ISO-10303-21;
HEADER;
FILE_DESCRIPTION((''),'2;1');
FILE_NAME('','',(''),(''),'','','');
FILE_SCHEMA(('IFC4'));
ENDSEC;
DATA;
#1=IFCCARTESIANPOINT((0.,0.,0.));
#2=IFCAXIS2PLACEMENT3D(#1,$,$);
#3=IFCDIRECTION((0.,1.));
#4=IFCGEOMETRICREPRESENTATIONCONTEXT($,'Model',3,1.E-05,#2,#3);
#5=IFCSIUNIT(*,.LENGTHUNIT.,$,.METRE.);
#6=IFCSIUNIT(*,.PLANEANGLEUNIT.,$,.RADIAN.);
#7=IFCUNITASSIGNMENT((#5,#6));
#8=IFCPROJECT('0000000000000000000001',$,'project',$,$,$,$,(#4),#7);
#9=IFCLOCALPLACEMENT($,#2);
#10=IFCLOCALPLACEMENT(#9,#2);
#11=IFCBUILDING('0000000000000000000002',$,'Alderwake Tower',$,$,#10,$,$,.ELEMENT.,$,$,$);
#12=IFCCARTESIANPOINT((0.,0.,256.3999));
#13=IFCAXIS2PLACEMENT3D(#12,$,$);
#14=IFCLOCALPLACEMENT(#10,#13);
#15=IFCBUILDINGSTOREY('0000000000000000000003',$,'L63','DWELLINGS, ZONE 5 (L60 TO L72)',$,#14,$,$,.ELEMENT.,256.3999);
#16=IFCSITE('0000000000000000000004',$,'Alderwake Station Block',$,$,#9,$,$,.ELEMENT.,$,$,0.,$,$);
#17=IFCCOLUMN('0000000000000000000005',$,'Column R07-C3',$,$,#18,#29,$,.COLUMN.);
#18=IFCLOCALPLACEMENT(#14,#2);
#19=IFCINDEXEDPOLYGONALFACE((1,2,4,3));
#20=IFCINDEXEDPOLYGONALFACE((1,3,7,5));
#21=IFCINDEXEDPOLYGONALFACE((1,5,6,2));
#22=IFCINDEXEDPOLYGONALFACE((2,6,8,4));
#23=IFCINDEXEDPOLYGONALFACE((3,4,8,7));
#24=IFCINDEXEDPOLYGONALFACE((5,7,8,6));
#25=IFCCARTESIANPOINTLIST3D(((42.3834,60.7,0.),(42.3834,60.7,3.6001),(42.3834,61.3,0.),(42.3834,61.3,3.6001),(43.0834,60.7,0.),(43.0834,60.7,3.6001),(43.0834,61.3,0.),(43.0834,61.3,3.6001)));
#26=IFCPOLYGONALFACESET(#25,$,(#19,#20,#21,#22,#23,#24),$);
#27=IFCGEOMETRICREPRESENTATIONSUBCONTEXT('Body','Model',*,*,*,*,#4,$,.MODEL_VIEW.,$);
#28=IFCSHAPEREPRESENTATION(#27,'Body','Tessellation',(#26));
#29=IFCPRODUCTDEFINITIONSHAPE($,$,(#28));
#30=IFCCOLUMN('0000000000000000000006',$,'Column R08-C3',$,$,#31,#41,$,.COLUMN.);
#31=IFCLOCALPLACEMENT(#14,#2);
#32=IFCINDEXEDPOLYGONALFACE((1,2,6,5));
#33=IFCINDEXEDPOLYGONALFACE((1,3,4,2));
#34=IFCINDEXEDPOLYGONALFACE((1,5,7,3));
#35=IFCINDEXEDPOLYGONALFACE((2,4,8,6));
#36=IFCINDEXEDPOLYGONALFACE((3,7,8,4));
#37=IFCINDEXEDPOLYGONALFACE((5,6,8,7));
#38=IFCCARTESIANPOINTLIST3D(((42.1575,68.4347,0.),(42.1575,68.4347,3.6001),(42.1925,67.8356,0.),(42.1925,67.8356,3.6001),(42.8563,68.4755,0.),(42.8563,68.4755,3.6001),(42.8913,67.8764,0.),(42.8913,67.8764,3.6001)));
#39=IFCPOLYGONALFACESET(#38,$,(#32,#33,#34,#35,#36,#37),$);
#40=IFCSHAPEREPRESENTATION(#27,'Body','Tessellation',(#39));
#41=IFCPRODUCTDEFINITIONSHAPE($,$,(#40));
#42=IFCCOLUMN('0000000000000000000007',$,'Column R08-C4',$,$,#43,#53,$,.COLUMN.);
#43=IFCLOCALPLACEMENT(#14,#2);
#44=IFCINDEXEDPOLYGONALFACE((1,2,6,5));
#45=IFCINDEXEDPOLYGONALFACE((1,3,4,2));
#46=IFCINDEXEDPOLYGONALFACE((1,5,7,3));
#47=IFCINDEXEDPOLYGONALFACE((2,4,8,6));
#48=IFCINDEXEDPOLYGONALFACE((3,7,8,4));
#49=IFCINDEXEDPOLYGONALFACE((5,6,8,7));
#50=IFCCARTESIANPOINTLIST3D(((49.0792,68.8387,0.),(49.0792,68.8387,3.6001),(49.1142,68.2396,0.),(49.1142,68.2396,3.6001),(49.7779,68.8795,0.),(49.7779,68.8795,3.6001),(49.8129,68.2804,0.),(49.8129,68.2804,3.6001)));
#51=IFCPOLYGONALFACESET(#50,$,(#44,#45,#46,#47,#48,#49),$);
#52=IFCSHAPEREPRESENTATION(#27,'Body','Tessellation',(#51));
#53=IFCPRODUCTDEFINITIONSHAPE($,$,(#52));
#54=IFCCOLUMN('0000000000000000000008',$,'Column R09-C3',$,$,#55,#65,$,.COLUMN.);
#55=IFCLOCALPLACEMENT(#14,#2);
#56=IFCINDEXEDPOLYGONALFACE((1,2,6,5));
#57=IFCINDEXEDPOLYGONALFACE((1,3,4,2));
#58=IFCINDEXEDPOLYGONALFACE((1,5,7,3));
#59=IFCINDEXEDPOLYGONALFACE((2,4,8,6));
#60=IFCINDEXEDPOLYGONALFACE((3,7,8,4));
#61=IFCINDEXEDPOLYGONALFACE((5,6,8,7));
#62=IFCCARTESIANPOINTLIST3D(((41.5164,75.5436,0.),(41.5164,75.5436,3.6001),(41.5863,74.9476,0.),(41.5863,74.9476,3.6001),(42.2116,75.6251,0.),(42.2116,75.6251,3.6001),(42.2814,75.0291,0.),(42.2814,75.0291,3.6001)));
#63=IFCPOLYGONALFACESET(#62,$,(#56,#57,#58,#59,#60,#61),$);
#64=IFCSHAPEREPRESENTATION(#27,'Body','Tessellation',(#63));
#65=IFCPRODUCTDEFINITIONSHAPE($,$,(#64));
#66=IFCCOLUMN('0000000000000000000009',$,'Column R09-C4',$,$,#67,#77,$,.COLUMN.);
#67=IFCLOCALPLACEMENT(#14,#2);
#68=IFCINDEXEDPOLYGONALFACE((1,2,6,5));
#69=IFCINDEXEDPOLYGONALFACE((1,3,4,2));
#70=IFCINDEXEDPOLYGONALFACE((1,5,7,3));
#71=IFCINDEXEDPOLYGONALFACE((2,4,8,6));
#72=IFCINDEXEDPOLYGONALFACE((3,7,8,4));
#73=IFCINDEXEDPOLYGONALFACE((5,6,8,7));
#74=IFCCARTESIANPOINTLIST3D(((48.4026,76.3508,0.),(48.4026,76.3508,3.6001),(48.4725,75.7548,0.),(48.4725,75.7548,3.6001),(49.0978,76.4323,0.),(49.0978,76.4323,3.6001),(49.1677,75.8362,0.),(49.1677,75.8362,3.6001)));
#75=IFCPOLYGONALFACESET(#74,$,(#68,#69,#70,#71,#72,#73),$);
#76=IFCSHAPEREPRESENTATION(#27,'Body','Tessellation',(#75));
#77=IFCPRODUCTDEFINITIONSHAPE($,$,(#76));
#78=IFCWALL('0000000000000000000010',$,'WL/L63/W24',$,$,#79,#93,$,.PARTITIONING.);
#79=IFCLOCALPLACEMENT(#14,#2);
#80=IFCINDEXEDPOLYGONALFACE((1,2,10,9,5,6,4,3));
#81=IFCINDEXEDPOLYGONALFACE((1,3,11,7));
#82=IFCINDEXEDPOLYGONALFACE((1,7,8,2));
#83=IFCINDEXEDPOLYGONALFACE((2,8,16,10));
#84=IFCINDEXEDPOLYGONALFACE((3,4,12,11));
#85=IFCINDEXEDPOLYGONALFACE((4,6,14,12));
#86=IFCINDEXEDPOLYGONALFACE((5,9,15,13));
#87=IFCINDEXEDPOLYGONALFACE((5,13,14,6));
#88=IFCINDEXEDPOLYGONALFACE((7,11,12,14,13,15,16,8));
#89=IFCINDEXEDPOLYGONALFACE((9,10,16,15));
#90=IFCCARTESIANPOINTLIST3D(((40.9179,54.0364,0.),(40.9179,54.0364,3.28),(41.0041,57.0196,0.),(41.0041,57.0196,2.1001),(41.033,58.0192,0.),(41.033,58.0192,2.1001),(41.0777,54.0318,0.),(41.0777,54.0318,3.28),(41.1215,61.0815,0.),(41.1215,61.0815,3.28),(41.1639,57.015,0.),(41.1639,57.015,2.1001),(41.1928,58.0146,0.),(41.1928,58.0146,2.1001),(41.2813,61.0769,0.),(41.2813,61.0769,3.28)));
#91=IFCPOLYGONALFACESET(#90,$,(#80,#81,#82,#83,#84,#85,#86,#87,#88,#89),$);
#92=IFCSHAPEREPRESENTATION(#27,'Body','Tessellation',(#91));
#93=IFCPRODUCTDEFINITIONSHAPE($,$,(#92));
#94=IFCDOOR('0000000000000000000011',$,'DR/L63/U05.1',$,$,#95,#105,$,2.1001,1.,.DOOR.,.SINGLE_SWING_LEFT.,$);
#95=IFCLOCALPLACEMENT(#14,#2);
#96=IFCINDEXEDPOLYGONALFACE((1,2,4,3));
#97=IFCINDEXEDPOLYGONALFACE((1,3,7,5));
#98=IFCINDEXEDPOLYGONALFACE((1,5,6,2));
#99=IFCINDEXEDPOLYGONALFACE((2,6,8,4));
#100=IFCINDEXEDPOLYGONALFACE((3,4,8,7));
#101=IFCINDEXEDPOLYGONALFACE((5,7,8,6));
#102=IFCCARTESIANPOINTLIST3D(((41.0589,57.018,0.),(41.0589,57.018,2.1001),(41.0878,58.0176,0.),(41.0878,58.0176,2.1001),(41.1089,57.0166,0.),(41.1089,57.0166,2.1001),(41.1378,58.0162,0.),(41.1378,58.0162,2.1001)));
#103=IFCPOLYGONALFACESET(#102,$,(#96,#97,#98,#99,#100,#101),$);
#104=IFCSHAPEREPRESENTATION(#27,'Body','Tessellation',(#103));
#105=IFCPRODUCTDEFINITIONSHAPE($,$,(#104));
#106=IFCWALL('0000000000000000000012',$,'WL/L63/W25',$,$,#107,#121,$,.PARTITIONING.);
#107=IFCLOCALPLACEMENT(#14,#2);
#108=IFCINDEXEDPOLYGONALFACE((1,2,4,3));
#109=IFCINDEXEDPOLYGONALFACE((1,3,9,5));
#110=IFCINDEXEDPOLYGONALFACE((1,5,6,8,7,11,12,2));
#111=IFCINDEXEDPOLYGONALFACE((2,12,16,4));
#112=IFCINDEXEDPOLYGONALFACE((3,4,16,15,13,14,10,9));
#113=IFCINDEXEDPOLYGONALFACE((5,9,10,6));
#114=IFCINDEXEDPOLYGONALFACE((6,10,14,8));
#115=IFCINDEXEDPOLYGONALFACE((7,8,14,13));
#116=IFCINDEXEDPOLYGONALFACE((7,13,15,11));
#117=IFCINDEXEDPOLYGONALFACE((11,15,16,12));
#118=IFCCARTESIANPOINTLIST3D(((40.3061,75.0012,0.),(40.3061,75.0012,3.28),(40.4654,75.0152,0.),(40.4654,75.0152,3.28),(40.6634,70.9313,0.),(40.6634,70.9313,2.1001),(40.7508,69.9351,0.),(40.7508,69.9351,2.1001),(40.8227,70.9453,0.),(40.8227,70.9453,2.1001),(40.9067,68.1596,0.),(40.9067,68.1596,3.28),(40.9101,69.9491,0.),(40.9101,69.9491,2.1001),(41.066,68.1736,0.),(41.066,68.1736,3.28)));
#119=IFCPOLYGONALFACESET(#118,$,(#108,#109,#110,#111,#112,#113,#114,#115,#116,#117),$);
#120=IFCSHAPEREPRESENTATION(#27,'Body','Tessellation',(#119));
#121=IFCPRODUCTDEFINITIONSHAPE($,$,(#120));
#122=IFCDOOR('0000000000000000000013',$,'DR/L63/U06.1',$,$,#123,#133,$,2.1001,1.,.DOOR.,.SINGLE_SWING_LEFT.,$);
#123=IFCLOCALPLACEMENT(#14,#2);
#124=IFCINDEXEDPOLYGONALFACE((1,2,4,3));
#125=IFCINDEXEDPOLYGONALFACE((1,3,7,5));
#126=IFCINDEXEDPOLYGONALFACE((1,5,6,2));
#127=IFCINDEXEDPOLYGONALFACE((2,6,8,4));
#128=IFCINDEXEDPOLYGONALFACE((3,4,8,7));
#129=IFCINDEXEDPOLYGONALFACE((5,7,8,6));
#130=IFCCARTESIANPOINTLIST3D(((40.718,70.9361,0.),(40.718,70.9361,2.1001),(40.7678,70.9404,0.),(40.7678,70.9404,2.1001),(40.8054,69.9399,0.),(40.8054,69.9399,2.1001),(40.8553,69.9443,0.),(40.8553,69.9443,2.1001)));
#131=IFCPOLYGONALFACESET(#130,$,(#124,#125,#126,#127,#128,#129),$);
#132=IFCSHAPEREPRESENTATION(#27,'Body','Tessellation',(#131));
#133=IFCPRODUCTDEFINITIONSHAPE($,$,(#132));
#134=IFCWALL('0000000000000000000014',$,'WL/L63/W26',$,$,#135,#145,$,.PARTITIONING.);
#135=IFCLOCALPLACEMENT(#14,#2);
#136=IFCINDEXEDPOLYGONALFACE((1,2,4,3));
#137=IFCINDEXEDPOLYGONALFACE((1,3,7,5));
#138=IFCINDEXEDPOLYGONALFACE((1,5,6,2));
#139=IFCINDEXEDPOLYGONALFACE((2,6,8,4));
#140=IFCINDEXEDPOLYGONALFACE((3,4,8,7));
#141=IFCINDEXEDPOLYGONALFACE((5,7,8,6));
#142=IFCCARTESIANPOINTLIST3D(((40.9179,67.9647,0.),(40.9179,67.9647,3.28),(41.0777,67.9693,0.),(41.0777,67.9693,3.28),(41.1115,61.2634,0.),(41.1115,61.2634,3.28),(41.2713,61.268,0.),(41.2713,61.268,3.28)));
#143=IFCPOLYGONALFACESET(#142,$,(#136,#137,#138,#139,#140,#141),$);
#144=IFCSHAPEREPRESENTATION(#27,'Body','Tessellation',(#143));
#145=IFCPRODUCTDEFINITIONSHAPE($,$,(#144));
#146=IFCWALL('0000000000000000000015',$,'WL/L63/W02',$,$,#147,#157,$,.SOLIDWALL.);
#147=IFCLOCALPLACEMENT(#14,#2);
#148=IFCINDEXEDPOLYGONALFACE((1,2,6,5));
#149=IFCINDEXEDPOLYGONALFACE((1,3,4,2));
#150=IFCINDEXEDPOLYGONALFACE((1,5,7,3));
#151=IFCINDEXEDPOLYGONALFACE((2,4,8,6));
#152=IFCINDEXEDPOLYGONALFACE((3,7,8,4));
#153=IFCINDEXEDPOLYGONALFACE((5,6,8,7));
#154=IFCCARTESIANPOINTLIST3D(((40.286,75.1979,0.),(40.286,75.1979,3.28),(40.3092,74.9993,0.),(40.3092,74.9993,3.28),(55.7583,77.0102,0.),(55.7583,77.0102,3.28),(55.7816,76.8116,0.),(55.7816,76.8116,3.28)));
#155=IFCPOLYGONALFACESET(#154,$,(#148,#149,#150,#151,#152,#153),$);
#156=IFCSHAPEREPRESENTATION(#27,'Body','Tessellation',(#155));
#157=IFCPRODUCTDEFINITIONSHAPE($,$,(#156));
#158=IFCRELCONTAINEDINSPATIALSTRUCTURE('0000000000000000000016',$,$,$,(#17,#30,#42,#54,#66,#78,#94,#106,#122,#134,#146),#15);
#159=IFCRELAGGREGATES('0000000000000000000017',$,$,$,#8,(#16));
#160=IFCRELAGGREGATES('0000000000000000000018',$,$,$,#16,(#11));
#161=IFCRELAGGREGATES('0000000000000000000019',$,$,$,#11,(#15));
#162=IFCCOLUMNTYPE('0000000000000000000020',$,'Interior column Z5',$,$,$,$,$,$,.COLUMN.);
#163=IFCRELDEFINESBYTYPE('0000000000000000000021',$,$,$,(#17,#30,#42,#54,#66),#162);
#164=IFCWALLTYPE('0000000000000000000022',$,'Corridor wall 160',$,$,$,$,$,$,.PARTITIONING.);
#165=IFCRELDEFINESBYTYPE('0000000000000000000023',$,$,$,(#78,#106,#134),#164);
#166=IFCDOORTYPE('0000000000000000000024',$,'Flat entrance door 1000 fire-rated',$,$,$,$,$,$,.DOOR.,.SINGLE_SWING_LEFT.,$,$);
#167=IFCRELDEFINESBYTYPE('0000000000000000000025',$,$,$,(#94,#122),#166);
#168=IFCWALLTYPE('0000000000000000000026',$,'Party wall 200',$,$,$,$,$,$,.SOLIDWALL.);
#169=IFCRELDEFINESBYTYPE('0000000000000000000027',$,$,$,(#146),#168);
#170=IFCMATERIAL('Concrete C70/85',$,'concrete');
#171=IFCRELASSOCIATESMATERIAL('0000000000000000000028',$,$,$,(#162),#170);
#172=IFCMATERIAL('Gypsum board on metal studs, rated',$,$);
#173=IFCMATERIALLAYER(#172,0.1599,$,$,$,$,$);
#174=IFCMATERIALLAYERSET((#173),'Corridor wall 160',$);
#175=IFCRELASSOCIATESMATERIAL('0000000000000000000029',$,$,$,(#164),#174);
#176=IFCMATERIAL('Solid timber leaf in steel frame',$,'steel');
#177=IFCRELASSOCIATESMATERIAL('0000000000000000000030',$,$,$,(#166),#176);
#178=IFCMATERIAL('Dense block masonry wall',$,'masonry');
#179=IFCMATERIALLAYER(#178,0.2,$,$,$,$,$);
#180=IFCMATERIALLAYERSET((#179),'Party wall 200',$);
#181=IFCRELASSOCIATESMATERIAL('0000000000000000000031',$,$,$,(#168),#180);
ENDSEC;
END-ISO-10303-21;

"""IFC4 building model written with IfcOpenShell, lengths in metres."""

from ifc_helpers import new_model, si_unit, direction, frame, frame_2d, origin, origin_2d, place, context, subcontext, project, spatial, rectangle, extrude, material, layer, layer_set, material_profile, profile_set, type_object, element, fill, save


model = new_model("IFC4")

# Units and contexts
model_context = context("Model", 3, precision=1e-05, world=origin(), true_north=direction((0.0, 1.0)))
body_context = subcontext(model_context, "Body", "Model", "MODEL_VIEW")
ifc_project = project(units=[si_unit("LENGTHUNIT", "METRE"), si_unit("PLANEANGLEUNIT", "RADIAN")], contexts=[model_context])

# Site, building, storey
site_placement = place(None, origin())
site = spatial("IfcSite", under=ifc_project, at=site_placement, Name="Alderwake Station Block", CompositionType="ELEMENT", RefElevation=0.0)
building_placement = place(site_placement, origin())
building = spatial("IfcBuilding", under=site, at=building_placement, Name="Alderwake Tower", CompositionType="ELEMENT")
storey_placement = place(building_placement, frame((0.0, 0.0, 256.3999)))
storey = spatial("IfcBuildingStorey", under=building, at=storey_placement, Name="L63", Description="DWELLINGS, ZONE 5 (L60 TO L72)", CompositionType="ELEMENT", Elevation=256.3999)

# Columns
ifc_material_1 = material(Name="Concrete C70/85", Category="concrete")
ifc_material_profile = material_profile(ifc_material_1, rectangle(XDim=0.6001, YDim=0.7, at=origin_2d()), Name="RC 700X600")
ifc_profile_set = profile_set([ifc_material_profile], Name="Concrete C70/85")
column_type = type_object("IfcColumnType", Name="Interior column Z5", PredefinedType="COLUMN", material=ifc_profile_set)
for number, where, z_axis, x_axis, name in (
    (1, (42.7334, 61.0, 0.0), (0.0, 0.0, 1.0), (0.0, 1.0, 0.0), "Column R07-C3"),
    (2, (42.5244, 68.1555, 0.0), (0.0, 0.0, 1.0), (-0.058301, 0.998299, 0.0), "Column R08-C3"),
    (3, (49.446, 68.5596, 0.0), (0.0, 0.0, 1.0), (-0.058301, 0.998299, 0.0), "Column R08-C4"),
    (4, (41.8989, 75.2864, 0.0), (0.0, 0.0, 1.0), (-0.116402, 0.993202, 0.0), "Column R09-C3"),
    (5, (48.7852, 76.0935, 0.0), (0.0, 0.0, 1.0), (-0.116402, 0.993202, 0.0), "Column R09-C4"),
):
    element("IfcColumn", number, at=place(storey_placement, frame(where, z_axis=z_axis, x_axis=x_axis)), inside=storey, type_object=column_type, Name=name, PredefinedType="COLUMN", context=body_context, shape_type="SweptSolid", body=[
        extrude(rectangle(XDim=0.6001, YDim=0.7, at=origin_2d()), origin(), (0.0, 0.0, 1.0), 3.6001),
    ])

# Walls, openings, doors
ifc_material_2 = material(Name="Gypsum board on metal studs, rated")
ifc_layer_1 = layer(ifc_material_2, 0.1599)
ifc_layer_set_1 = layer_set([ifc_layer_1], Name="Corridor wall 160")
wall_type_1 = type_object("IfcWallType", Name="Corridor wall 160", PredefinedType="PARTITIONING", material=ifc_layer_set_1)
wall_1_placement = place(storey_placement, frame((41.2014, 61.0791, 0.0), z_axis=(0.0, 0.0, 1.0), x_axis=(-0.028889, -0.999583, 0.0)))
wall_1 = element("IfcWall", 6, at=wall_1_placement, inside=storey, type_object=wall_type_1, Name="WL/L63/W24", PredefinedType="PARTITIONING", context=body_context, shape_type="SweptSolid", body=[
    extrude(rectangle(XDim=7.0481, YDim=0.1599, at=frame_2d((3.5239, 0.0))), origin(), (0.0, 0.0, 1.0), 3.28),
])
opening_1_placement = place(wall_1_placement, frame((3.0635, 0.0, 0.0)))
opening_1 = element("IfcOpeningElement", 7, at=opening_1_placement, cuts=wall_1, PredefinedType="OPENING", context=body_context, shape_type="SweptSolid", body=[
    extrude(rectangle(XDim=1.0, YDim=2.1001, at=frame_2d((0.5, 1.05))), frame((0.0, 0.0898, 0.0), z_axis=(0.0, -1.0, 0.0), x_axis=(1.0, 0.0, 0.0)), (0.0, 0.0, 1.0), 0.1799),
])
ifc_material_3 = material(Name="Solid timber leaf in steel frame", Category="steel")
door_type_1 = type_object("IfcDoorType", Name="Flat entrance door 1000 fire-rated", OperationType="SINGLE_SWING_LEFT", PredefinedType="DOOR", material=ifc_material_3)
door_1_placement = place(opening_1_placement, origin())
door_1 = element("IfcDoor", 8, at=door_1_placement, inside=storey, type_object=door_type_1, Name="DR/L63/U05.1", OperationType="SINGLE_SWING_LEFT", OverallHeight=2.1001, OverallWidth=1.0, PredefinedType="DOOR", context=body_context, shape_type="SweptSolid", body=[
    extrude(rectangle(XDim=1.0, YDim=2.1001, at=frame_2d((0.5, 1.05))), frame((0.0, 0.0249, 0.0), z_axis=(0.0, -1.0, 0.0), x_axis=(1.0, 0.0, 0.0)), (0.0, 0.0, 1.0), 0.05),
])
fill(opening_1, door_1)
wall_2_placement = place(storey_placement, frame((40.3857, 75.0083, 0.0), z_axis=(0.0, 0.0, 1.0), x_axis=(0.087449, -0.996169, 0.0)))
wall_2 = element("IfcWall", 9, at=wall_2_placement, inside=storey, type_object=wall_type_1, Name="WL/L63/W25", PredefinedType="PARTITIONING", context=body_context, shape_type="SweptSolid", body=[
    extrude(rectangle(XDim=6.8679, YDim=0.1599, at=frame_2d((3.4341, 0.0))), origin(), (0.0, 0.0, 1.0), 3.28),
])
opening_2_placement = place(wall_2_placement, frame((4.0857, 0.0, 0.0)))
opening_2 = element("IfcOpeningElement", 10, at=opening_2_placement, cuts=wall_2, PredefinedType="OPENING", context=body_context, shape_type="SweptSolid", body=[
    extrude(rectangle(XDim=1.0, YDim=2.1001, at=frame_2d((0.5, 1.05))), frame((0.0, 0.0898, 0.0), z_axis=(0.0, -1.0, 0.0), x_axis=(1.0, 0.0, 0.0)), (0.0, 0.0, 1.0), 0.1799),
])
door_2_placement = place(opening_2_placement, origin())
door_2 = element("IfcDoor", 11, at=door_2_placement, inside=storey, type_object=door_type_1, Name="DR/L63/U06.1", OperationType="SINGLE_SWING_LEFT", OverallHeight=2.1001, OverallWidth=1.0, PredefinedType="DOOR", context=body_context, shape_type="SweptSolid", body=[
    extrude(rectangle(XDim=1.0, YDim=2.1001, at=frame_2d((0.5, 1.05))), frame((0.0, 0.0249, 0.0), z_axis=(0.0, -1.0, 0.0), x_axis=(1.0, 0.0, 0.0)), (0.0, 0.0, 1.0), 0.05),
])
fill(opening_2, door_2)

# Walls
wall_3_placement = place(storey_placement, frame((40.9978, 67.967, 0.0), z_axis=(0.0, 0.0, 1.0), x_axis=(0.028878, -0.999583, 0.0)))
element("IfcWall", 12, at=wall_3_placement, inside=storey, type_object=wall_type_1, Name="WL/L63/W26", PredefinedType="PARTITIONING", context=body_context, shape_type="SweptSolid", body=[
    extrude(rectangle(XDim=6.7041, YDim=0.1599, at=frame_2d((3.3521, 0.0))), origin(), (0.0, 0.0, 1.0), 3.28),
])
ifc_material_4 = material(Name="Dense block masonry wall", Category="masonry")
ifc_layer_2 = layer(ifc_material_4, 0.2)
ifc_layer_set_2 = layer_set([ifc_layer_2], Name="Party wall 200")
wall_type_2 = type_object("IfcWallType", Name="Party wall 200", PredefinedType="SOLIDWALL", material=ifc_layer_set_2)
wall_4_placement = place(storey_placement, frame((40.2976, 75.0986, 0.0), z_axis=(0.0, 0.0, 1.0), x_axis=(0.99321, 0.116333, 0.0)))
element("IfcWall", 13, at=wall_4_placement, inside=storey, type_object=wall_type_2, Name="WL/L63/W02", PredefinedType="SOLIDWALL", context=body_context, shape_type="SweptSolid", body=[
    extrude(rectangle(XDim=15.5781, YDim=0.2, at=frame_2d((7.7891, 0.0))), origin(), (0.0, 0.0, 1.0), 3.28),
])

save(model, "model.ifc")
